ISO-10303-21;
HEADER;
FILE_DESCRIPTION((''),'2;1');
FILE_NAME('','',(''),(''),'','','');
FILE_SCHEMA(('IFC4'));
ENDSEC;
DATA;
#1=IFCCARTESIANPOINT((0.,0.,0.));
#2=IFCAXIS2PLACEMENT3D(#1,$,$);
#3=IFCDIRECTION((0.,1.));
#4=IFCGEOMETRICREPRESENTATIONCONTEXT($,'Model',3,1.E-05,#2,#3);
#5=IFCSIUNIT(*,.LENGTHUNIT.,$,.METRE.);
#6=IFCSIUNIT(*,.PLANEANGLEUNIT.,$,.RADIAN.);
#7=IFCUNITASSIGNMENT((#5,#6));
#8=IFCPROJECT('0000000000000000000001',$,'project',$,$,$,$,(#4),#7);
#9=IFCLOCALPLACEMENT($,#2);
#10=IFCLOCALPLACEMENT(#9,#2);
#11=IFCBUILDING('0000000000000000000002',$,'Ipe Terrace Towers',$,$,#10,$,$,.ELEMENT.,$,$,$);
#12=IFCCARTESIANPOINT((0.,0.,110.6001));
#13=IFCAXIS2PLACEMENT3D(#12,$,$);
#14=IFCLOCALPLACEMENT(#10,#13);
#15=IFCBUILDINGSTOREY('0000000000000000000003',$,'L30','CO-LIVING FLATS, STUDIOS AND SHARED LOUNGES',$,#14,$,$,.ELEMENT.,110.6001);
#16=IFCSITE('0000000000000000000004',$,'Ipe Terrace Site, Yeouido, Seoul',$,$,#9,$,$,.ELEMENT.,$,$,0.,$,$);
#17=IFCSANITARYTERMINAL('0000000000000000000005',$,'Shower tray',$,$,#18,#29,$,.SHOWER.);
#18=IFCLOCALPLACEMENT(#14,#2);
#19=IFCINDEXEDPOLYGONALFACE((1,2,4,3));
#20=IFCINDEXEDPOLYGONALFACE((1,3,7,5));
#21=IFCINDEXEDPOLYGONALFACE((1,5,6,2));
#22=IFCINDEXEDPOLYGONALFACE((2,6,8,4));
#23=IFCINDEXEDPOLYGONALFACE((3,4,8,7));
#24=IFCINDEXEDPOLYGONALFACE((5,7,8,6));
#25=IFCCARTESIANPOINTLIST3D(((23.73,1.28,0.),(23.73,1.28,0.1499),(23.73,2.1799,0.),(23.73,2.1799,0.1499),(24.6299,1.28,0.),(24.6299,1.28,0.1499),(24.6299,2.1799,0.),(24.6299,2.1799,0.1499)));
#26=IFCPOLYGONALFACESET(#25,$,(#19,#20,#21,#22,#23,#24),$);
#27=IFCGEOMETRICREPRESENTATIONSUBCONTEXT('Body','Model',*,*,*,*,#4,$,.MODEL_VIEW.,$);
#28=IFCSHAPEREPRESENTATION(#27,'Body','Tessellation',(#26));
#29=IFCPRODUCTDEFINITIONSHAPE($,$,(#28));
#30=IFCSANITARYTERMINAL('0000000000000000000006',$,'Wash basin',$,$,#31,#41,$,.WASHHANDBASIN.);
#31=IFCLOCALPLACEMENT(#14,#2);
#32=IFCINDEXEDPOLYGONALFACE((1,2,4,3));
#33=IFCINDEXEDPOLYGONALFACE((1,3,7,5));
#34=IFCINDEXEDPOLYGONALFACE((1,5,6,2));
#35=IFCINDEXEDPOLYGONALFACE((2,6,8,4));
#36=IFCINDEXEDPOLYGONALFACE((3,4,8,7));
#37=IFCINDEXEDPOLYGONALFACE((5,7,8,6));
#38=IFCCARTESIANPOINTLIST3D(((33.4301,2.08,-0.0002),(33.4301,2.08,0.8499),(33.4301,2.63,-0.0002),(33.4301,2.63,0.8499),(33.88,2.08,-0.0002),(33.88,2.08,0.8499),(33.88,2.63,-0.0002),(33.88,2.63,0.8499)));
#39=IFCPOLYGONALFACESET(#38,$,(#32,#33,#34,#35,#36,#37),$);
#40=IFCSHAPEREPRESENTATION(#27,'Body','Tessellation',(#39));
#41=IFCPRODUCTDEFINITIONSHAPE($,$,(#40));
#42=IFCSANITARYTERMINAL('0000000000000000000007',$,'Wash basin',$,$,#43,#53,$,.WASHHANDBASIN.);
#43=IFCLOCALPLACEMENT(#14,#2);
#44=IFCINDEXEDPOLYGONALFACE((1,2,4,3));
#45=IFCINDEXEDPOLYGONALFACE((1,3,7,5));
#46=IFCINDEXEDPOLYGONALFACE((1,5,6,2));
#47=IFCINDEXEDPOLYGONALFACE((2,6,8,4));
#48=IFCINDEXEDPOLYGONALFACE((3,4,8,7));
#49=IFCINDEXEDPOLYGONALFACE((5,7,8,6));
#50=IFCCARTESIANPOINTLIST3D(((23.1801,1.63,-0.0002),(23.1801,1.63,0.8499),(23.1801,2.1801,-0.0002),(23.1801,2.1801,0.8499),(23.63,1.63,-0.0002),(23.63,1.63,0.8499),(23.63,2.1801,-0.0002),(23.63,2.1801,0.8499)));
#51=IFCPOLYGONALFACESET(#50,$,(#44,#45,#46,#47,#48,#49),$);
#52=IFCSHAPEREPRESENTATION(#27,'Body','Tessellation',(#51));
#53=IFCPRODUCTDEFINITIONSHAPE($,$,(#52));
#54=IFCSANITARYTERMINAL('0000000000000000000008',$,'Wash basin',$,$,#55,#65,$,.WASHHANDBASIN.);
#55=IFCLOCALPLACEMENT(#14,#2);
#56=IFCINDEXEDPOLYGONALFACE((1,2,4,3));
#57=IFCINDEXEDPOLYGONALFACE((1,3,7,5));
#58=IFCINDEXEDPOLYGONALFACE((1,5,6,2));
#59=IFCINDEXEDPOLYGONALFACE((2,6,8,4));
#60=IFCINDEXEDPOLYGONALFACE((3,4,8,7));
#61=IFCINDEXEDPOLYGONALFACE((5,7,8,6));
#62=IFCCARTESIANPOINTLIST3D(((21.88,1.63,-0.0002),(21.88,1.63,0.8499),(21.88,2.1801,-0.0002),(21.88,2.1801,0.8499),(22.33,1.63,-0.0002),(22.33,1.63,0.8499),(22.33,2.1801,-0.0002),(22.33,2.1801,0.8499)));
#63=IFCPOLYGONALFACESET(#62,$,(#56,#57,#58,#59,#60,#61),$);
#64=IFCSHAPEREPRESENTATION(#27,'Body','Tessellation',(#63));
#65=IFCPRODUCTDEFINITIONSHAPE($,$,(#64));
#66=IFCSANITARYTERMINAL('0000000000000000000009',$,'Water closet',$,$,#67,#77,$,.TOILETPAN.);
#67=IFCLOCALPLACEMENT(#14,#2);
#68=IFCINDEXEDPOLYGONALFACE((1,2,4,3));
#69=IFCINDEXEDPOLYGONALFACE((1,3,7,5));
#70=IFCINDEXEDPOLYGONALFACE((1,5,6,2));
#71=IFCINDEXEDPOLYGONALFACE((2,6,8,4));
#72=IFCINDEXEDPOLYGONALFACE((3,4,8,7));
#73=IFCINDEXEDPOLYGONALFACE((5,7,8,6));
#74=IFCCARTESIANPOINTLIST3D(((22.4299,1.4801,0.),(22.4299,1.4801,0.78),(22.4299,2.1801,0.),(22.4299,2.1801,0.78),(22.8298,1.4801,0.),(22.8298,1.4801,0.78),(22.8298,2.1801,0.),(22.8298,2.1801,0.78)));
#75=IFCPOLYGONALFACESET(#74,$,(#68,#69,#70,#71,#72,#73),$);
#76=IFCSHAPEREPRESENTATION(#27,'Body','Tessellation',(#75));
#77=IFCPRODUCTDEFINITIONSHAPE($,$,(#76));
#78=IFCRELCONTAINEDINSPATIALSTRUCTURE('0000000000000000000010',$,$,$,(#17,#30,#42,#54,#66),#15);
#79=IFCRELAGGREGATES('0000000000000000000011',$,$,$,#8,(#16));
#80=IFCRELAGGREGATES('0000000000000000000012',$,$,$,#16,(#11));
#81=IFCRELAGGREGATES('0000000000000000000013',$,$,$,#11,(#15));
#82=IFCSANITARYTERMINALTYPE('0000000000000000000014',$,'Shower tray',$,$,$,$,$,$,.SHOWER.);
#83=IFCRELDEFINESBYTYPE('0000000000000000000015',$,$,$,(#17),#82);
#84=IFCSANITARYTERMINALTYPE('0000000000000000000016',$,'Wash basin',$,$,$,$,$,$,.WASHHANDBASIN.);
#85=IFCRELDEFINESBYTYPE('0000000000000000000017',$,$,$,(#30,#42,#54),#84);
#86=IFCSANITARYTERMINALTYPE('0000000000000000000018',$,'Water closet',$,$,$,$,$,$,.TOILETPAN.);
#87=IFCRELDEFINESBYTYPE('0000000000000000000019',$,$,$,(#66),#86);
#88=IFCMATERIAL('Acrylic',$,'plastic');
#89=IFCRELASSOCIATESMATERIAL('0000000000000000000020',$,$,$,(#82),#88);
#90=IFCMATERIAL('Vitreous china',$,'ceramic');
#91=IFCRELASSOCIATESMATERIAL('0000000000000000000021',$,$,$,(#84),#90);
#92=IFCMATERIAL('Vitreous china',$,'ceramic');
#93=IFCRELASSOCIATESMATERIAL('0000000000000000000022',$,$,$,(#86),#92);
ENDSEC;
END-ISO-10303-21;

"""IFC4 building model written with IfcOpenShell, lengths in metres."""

from ifc_helpers import new_model, si_unit, direction, frame, origin, origin_2d, place, context, subcontext, project, spatial, rectangle, extrude, material, type_object, element, save


model = new_model("IFC4")

# Units and contexts
model_context = context("Model", 3, precision=1e-05, world=origin(), true_north=direction((0.0, 1.0)))
body_context = subcontext(model_context, "Body", "Model", "MODEL_VIEW")
ifc_project = project(units=[si_unit("LENGTHUNIT", "METRE"), si_unit("PLANEANGLEUNIT", "RADIAN")], contexts=[model_context])

# Site, building, storey
site_placement = place(None, origin())
site = spatial("IfcSite", under=ifc_project, at=site_placement, Name="Ipe Terrace Site, Yeouido, Seoul", CompositionType="ELEMENT", RefElevation=0.0)
building_placement = place(site_placement, origin())
building = spatial("IfcBuilding", under=site, at=building_placement, Name="Ipe Terrace Towers", CompositionType="ELEMENT")
storey_placement = place(building_placement, frame((0.0, 0.0, 110.6001)))
storey = spatial("IfcBuildingStorey", under=building, at=storey_placement, Name="L30", Description="CO-LIVING FLATS, STUDIOS AND SHARED LOUNGES", CompositionType="ELEMENT", Elevation=110.6001)

# Sanitary terminals
ifc_material_1 = material(Name="Acrylic", Category="plastic")
sanitary_terminal_type_1 = type_object("IfcSanitaryTerminalType", Name="Shower tray", PredefinedType="SHOWER", material=ifc_material_1)
sanitary_terminal_1_placement = place(storey_placement, frame((24.1799, 1.73, 0.0), z_axis=(0.0, 0.0, 1.0), x_axis=(0.0, -1.0, 0.0)))
element("IfcSanitaryTerminal", 1, at=sanitary_terminal_1_placement, inside=storey, type_object=sanitary_terminal_type_1, Name="Shower tray", PredefinedType="SHOWER", context=body_context, shape_type="SweptSolid", body=[
    extrude(rectangle(XDim=0.8999, YDim=0.8999, at=origin_2d()), origin(), (0.0, 0.0, 1.0), 0.1499),
])
ifc_material_2 = material(Name="Vitreous china", Category="ceramic")
sanitary_terminal_type_2 = type_object("IfcSanitaryTerminalType", Name="Wash basin", PredefinedType="WASHHANDBASIN", material=ifc_material_2)
for number, where, z_axis, x_axis, name in (
    (2, (33.655, 2.355, -0.0002), (0.0, 0.0, 1.0), (0.0, -1.0, 0.0), "Wash basin"),
    (3, (23.405, 1.905, -0.0002), (0.0, 0.0, 1.0), (0.0, -1.0, 0.0), "Wash basin"),
    (4, (22.105, 1.905, -0.0002), (0.0, 0.0, 1.0), (0.0, -1.0, 0.0), "Wash basin"),
):
    element("IfcSanitaryTerminal", number, at=place(storey_placement, frame(where, z_axis=z_axis, x_axis=x_axis)), inside=storey, type_object=sanitary_terminal_type_2, Name=name, PredefinedType="WASHHANDBASIN", context=body_context, shape_type="SweptSolid", body=[
        extrude(rectangle(XDim=0.55, YDim=0.45, at=origin_2d()), origin(), (0.0, 0.0, 1.0), 0.8501),
    ])
ifc_material_3 = material(Name="Vitreous china", Category="ceramic")
sanitary_terminal_type_3 = type_object("IfcSanitaryTerminalType", Name="Water closet", PredefinedType="TOILETPAN", material=ifc_material_3)
sanitary_terminal_2_placement = place(storey_placement, frame((22.6299, 1.8301, 0.0), z_axis=(0.0, 0.0, 1.0), x_axis=(0.0, -1.0, 0.0)))
element("IfcSanitaryTerminal", 5, at=sanitary_terminal_2_placement, inside=storey, type_object=sanitary_terminal_type_3, Name="Water closet", PredefinedType="TOILETPAN", context=body_context, shape_type="SweptSolid", body=[
    extrude(rectangle(XDim=0.7, YDim=0.3999, at=origin_2d()), origin(), (0.0, 0.0, 1.0), 0.78),
])

save(model, "model.ifc")
